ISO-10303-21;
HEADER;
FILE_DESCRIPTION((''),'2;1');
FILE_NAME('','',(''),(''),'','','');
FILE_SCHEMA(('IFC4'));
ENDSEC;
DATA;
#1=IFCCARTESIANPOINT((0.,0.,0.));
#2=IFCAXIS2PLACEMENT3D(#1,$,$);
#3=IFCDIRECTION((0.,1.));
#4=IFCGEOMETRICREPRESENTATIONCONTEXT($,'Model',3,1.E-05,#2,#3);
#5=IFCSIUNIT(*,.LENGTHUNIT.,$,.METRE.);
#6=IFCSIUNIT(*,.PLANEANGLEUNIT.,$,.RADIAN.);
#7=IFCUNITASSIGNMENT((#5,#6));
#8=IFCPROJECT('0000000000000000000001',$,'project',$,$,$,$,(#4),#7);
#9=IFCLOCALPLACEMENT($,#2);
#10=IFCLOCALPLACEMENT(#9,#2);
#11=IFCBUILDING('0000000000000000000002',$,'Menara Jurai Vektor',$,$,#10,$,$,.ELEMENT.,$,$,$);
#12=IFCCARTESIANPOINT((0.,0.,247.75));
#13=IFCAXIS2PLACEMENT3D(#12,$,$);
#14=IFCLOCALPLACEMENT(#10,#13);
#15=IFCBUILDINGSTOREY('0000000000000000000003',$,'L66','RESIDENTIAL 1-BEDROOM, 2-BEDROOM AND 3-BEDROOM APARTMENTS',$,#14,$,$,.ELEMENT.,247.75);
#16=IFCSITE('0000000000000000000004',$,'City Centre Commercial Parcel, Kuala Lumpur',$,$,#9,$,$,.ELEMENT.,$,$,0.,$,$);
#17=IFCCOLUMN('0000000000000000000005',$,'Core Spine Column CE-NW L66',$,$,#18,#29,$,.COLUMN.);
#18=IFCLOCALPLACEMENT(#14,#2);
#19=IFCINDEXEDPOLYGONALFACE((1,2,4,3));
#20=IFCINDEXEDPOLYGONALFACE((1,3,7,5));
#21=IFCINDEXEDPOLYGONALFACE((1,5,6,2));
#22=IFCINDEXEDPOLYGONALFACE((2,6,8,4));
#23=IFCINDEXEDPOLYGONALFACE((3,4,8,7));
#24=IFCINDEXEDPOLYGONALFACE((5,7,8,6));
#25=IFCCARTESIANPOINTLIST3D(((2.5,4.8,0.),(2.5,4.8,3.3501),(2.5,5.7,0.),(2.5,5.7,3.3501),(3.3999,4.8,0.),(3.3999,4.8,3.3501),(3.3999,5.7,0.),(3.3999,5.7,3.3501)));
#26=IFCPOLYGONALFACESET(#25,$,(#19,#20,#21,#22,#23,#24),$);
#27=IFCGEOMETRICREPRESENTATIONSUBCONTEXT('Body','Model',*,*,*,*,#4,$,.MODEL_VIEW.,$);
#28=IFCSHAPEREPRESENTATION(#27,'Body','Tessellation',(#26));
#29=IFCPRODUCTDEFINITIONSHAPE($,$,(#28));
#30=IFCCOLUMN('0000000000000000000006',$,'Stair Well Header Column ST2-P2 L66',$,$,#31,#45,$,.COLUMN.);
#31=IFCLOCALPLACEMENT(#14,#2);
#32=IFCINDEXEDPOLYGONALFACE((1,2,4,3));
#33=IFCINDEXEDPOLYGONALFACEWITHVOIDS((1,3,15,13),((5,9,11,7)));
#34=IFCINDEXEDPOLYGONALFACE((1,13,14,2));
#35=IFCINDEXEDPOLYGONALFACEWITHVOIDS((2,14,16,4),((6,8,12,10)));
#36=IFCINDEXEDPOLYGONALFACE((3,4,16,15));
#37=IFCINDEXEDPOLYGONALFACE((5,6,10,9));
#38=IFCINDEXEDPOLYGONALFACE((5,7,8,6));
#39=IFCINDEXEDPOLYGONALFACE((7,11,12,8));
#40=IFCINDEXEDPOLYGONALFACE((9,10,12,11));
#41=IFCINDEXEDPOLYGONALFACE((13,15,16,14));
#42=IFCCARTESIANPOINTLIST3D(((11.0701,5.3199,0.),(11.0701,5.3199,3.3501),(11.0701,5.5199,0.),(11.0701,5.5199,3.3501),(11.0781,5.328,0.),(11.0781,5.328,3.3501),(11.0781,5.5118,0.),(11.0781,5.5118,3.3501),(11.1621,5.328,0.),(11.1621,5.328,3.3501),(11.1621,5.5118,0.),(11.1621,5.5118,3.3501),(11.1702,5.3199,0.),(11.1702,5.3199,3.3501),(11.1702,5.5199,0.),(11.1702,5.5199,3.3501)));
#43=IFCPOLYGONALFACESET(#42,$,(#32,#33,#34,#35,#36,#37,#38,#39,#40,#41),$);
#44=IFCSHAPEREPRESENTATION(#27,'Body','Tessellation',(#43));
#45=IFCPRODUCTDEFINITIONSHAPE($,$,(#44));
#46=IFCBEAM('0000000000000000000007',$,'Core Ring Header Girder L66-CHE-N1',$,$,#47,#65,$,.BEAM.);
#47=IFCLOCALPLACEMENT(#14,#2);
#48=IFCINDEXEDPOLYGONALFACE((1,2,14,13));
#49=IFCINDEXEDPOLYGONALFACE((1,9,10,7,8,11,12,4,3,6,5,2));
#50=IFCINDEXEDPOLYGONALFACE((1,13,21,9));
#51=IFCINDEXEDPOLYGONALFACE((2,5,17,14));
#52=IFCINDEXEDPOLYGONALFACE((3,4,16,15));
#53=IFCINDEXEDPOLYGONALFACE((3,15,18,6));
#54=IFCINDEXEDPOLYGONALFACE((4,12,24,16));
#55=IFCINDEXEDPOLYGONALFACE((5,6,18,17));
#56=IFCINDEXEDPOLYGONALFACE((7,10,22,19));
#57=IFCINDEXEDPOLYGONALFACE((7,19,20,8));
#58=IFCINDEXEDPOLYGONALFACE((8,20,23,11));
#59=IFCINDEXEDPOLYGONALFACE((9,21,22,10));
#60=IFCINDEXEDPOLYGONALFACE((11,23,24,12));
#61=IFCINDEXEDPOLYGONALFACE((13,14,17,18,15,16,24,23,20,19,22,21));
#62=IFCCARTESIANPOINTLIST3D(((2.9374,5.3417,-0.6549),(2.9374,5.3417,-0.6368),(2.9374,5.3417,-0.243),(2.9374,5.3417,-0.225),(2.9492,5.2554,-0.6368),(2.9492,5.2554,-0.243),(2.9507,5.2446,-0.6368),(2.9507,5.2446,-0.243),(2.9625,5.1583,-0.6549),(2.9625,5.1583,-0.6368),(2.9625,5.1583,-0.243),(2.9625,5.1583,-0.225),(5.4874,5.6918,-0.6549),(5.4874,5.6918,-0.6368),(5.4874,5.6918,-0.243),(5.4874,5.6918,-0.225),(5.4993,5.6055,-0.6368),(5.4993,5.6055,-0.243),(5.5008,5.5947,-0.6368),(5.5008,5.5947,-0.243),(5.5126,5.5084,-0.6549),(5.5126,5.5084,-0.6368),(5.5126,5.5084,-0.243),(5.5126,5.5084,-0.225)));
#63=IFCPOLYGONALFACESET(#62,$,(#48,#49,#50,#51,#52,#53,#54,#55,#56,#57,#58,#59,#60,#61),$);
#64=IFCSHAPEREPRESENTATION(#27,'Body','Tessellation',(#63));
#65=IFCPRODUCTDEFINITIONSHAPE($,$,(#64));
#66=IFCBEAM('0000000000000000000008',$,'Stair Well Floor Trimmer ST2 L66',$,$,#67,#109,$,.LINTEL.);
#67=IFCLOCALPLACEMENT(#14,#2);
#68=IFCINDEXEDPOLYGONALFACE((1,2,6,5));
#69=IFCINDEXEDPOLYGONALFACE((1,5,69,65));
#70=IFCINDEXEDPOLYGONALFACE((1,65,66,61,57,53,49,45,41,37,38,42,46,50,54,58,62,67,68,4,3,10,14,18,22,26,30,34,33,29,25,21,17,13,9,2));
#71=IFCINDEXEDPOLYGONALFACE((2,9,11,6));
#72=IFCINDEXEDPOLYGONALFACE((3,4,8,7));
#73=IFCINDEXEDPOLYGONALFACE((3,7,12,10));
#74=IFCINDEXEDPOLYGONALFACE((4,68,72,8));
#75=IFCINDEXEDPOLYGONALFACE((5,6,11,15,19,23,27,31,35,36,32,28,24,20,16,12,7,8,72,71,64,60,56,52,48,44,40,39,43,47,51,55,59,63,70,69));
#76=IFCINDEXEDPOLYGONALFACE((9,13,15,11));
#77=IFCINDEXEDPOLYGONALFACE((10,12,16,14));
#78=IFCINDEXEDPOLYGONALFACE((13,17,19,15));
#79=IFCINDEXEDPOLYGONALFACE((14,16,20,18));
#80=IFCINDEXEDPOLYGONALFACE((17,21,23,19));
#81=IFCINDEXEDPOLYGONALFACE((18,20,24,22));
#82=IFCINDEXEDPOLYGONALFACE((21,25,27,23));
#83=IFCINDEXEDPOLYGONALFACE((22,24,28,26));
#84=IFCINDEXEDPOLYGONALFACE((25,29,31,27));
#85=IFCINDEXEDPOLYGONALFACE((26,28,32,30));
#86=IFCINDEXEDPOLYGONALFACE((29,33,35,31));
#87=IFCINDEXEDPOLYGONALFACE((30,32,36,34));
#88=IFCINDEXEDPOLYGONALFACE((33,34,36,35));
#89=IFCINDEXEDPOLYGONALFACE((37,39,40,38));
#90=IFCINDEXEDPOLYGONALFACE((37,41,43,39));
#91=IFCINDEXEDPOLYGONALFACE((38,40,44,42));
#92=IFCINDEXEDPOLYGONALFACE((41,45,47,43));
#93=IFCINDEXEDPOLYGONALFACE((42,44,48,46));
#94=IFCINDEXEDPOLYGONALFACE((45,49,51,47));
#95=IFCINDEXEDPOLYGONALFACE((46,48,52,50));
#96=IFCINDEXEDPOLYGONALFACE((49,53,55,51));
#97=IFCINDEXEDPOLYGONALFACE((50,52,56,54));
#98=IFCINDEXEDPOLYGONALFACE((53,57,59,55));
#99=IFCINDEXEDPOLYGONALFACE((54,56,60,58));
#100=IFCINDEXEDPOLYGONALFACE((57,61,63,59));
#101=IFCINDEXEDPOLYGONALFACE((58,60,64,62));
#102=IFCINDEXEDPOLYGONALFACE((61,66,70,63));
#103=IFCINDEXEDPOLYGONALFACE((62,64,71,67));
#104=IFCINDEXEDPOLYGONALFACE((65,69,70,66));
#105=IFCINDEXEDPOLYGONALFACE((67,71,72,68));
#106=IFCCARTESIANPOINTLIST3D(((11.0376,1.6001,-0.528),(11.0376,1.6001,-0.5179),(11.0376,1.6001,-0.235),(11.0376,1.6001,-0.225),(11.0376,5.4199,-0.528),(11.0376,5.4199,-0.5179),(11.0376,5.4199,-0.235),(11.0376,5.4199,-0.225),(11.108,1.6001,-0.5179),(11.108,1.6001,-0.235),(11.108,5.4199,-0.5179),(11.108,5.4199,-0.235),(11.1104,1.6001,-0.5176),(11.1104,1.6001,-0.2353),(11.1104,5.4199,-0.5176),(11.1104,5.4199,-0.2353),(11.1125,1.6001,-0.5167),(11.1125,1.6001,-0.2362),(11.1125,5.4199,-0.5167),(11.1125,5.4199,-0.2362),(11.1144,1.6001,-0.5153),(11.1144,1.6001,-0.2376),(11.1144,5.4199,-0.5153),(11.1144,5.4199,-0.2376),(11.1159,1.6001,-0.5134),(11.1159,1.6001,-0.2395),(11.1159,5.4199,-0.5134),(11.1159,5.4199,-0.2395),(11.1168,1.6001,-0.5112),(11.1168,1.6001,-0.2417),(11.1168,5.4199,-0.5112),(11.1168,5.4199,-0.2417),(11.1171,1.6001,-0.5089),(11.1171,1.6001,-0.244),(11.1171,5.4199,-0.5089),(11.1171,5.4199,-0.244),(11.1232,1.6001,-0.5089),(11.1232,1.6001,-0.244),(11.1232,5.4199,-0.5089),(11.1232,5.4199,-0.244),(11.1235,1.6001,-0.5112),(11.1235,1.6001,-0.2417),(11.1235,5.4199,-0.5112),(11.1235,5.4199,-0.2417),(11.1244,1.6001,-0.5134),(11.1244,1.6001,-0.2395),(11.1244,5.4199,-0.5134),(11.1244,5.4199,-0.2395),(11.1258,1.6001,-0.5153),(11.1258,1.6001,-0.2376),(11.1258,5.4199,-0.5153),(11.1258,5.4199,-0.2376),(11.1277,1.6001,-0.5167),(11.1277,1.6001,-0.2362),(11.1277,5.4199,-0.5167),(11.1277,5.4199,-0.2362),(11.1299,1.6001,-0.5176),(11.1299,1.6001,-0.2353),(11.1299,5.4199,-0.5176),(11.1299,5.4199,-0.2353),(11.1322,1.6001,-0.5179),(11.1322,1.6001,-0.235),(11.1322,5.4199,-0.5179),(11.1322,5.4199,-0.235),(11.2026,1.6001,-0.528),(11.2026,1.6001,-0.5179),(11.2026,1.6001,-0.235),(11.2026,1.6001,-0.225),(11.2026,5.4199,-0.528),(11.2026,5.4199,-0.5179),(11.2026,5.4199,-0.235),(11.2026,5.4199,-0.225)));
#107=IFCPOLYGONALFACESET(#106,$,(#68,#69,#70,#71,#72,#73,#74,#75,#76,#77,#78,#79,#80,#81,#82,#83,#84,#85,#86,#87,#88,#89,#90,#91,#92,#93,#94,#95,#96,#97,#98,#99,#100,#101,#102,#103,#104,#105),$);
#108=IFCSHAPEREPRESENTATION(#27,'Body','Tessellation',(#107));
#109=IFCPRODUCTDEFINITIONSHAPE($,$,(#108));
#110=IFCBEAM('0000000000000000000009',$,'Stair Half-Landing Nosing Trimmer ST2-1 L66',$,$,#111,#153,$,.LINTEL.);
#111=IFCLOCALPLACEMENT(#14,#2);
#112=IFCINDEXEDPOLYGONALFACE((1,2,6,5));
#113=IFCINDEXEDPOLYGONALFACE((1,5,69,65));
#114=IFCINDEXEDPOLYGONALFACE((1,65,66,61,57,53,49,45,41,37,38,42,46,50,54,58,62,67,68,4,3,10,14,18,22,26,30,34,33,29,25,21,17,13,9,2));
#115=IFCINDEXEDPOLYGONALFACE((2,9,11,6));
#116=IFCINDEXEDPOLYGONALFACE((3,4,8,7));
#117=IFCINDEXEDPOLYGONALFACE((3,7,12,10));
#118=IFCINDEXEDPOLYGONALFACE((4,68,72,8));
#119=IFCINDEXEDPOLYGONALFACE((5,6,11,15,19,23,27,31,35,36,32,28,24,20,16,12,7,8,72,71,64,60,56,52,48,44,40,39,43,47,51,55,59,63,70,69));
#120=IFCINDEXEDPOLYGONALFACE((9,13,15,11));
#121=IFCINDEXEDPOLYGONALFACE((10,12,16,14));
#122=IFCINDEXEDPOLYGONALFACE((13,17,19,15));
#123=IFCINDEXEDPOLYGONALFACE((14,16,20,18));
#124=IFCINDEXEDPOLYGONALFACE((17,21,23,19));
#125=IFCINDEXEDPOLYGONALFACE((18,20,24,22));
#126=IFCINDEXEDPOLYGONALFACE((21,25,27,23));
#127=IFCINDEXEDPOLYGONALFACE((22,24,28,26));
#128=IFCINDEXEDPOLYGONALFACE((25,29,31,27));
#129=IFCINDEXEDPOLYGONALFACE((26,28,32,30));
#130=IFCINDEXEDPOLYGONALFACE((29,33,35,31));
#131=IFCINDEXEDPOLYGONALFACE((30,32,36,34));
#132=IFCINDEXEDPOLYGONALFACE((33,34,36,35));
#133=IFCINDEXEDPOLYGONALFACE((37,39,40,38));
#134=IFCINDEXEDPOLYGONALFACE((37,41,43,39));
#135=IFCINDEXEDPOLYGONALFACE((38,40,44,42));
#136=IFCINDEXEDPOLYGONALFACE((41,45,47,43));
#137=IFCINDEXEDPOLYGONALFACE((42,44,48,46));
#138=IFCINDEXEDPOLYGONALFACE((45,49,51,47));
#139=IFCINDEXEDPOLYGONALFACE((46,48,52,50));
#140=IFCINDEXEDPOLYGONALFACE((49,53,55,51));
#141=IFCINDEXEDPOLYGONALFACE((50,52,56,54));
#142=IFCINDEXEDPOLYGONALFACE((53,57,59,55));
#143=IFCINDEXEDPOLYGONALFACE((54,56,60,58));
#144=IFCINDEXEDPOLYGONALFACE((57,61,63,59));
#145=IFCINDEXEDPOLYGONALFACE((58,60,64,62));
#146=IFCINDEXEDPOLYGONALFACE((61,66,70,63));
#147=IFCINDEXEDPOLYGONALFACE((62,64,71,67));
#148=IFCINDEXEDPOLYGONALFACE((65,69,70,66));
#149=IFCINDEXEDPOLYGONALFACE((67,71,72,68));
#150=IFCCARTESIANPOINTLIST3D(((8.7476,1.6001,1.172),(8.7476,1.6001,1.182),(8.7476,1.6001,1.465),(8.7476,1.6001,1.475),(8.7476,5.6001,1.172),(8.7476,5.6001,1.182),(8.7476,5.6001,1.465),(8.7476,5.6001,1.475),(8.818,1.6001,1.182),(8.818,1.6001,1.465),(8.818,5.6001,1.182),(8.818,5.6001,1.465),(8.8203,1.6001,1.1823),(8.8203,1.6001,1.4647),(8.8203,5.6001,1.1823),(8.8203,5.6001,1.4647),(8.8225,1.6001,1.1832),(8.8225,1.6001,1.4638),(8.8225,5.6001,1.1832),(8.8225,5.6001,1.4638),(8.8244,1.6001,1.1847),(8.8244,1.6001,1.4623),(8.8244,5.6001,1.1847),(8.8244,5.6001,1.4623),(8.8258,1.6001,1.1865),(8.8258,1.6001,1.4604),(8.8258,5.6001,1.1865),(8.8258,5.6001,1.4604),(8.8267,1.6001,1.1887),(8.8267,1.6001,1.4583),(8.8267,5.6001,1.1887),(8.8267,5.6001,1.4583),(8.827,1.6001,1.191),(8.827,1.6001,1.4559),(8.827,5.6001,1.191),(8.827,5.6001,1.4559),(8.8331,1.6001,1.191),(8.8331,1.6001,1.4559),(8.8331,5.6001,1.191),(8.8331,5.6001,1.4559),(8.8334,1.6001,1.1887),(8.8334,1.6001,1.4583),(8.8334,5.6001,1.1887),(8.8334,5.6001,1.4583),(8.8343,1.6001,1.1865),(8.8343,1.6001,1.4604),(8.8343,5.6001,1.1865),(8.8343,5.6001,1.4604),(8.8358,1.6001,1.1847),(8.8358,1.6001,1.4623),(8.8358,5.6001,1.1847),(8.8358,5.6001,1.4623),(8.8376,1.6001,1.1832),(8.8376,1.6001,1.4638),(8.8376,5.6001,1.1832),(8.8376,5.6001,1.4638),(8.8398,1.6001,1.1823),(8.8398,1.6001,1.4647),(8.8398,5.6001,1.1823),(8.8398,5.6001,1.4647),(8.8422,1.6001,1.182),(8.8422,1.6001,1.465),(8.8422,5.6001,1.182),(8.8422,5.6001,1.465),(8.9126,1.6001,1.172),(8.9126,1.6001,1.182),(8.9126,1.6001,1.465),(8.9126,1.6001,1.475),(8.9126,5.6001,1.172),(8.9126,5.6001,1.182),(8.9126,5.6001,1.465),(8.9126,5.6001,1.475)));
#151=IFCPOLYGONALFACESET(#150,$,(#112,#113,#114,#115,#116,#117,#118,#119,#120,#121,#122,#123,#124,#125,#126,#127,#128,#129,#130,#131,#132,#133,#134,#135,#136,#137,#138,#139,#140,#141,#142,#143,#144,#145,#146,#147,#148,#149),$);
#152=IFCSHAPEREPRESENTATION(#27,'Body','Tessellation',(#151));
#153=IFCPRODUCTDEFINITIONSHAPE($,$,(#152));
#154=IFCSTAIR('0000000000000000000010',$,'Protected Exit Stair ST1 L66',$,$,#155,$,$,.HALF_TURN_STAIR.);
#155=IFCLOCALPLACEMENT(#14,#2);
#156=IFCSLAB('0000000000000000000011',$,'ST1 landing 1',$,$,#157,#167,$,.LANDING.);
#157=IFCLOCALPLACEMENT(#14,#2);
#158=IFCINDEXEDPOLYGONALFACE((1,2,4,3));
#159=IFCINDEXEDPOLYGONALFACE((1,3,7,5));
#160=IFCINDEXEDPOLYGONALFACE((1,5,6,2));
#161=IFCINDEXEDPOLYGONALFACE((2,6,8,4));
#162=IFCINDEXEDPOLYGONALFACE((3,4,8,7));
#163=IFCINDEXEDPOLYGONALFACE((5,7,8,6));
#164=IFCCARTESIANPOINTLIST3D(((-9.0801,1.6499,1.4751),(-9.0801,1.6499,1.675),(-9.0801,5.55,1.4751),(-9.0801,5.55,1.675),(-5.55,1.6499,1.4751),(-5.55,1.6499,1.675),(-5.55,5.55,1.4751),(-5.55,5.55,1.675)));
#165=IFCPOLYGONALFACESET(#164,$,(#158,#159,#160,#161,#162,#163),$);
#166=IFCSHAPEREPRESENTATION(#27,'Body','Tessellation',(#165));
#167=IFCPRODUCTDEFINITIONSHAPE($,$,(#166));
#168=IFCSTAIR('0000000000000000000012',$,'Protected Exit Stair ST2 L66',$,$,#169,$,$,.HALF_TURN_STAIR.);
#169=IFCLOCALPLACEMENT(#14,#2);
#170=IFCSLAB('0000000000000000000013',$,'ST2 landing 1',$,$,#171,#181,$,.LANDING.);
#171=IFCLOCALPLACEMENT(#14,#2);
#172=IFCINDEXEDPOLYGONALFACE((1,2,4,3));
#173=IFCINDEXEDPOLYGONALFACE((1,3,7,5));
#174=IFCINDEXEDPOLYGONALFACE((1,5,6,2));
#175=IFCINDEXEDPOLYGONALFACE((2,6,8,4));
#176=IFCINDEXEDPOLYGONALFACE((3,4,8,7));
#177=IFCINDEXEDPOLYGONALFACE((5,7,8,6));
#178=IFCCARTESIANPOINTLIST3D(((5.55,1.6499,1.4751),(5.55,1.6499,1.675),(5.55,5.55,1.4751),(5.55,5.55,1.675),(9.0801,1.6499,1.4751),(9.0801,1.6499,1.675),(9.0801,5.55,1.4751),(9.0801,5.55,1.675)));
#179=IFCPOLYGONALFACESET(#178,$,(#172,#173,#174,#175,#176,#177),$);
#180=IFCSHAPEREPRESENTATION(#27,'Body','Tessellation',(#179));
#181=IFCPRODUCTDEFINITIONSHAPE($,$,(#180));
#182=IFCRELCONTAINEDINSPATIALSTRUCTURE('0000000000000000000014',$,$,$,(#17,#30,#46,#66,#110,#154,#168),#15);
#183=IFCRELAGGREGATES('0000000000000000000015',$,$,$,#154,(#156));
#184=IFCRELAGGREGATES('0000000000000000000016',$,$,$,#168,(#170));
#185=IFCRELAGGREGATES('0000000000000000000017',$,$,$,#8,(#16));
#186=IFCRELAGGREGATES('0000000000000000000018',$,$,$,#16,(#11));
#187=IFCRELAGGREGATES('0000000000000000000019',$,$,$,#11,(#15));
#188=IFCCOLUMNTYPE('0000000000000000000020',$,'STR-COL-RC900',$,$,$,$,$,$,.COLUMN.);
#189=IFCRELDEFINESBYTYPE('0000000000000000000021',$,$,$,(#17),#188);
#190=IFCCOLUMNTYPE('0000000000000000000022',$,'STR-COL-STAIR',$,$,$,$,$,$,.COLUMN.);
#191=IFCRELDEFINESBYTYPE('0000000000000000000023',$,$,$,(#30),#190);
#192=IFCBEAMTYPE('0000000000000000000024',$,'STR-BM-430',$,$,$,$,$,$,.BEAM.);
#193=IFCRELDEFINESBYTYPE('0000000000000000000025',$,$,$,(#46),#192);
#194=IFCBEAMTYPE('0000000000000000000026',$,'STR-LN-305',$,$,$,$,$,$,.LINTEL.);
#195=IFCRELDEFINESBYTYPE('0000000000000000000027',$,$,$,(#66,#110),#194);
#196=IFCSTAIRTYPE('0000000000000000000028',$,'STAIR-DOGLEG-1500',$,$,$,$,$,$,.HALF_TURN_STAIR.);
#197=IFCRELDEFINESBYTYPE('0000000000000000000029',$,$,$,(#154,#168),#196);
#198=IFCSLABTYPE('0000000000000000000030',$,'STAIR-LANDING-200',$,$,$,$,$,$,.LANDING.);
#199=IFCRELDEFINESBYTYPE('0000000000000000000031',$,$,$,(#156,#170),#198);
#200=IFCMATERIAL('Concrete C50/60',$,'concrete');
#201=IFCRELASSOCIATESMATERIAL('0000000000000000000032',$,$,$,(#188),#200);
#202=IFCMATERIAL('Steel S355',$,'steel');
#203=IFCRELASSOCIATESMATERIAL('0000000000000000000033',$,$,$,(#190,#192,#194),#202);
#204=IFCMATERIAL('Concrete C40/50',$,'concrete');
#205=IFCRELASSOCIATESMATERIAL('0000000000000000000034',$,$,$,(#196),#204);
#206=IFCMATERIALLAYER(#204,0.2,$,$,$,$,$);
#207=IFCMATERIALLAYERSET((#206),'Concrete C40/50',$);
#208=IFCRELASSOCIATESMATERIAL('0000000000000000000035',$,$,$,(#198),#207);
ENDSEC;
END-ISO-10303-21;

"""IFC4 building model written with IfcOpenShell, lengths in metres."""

from ifc_helpers import new_model, si_unit, direction, frame, origin, origin_2d, place, context, subcontext, project, spatial, polyline, rectangle, hollow_rectangle, i_section, outline, extrude, material, layer, layer_set, material_profile, profile_set, type_object, element, aggregate, save


model = new_model("IFC4")

# Units and contexts
model_context = context("Model", 3, precision=1e-05, world=origin(), true_north=direction((0.0, 1.0)))
body_context = subcontext(model_context, "Body", "Model", "MODEL_VIEW")
ifc_project = project(units=[si_unit("LENGTHUNIT", "METRE"), si_unit("PLANEANGLEUNIT", "RADIAN")], contexts=[model_context])

# Site, building, storey
site_placement = place(None, origin())
site = spatial("IfcSite", under=ifc_project, at=site_placement, Name="City Centre Commercial Parcel, Kuala Lumpur", CompositionType="ELEMENT", RefElevation=0.0)
building_placement = place(site_placement, origin())
building = spatial("IfcBuilding", under=site, at=building_placement, Name="Menara Jurai Vektor", CompositionType="ELEMENT")
storey_placement = place(building_placement, frame((0.0, 0.0, 247.75)))
storey = spatial("IfcBuildingStorey", under=building, at=storey_placement, Name="L66", Description="RESIDENTIAL 1-BEDROOM, 2-BEDROOM AND 3-BEDROOM APARTMENTS", CompositionType="ELEMENT", Elevation=247.75)

# Columns
ifc_material_1 = material(Name="Concrete C50/60", Category="concrete")
ifc_material_profile_1 = material_profile(ifc_material_1, rectangle(XDim=0.8999, YDim=0.8999, at=origin_2d()), Name="RC 900x900")
ifc_profile_set_1 = profile_set([ifc_material_profile_1], Name="Concrete C50/60")
column_type_1 = type_object("IfcColumnType", Name="STR-COL-RC900", PredefinedType="COLUMN", material=ifc_profile_set_1)
column_1_placement = place(storey_placement, frame((2.95, 5.25, 0.0), z_axis=(0.0, 0.0, 1.0), x_axis=(1.0, 0.0, 0.0)))
element("IfcColumn", 1, at=column_1_placement, inside=storey, type_object=column_type_1, Name="Core Spine Column CE-NW L66", PredefinedType="COLUMN", context=body_context, shape_type="SweptSolid", body=[
    extrude(rectangle(XDim=0.8999, YDim=0.8999, at=origin_2d()), origin(), (0.0, 0.0, 1.0), 3.3501),
])
ifc_material_2 = material(Name="Steel S355", Category="steel")
ifc_material_profile_2 = material_profile(ifc_material_2, hollow_rectangle(XDim=0.1001, YDim=0.2, WallThickness=0.0081, at=origin_2d()), Name="RHS 200x100x8")
ifc_profile_set_2 = profile_set([ifc_material_profile_2], Name="Steel S355")
column_type_2 = type_object("IfcColumnType", Name="STR-COL-STAIR", PredefinedType="COLUMN", material=ifc_profile_set_2)
column_2_placement = place(storey_placement, frame((11.1201, 5.4199, 0.0), z_axis=(0.0, 0.0, 1.0), x_axis=(1.0, 0.0, 0.0)))
element("IfcColumn", 2, at=column_2_placement, inside=storey, type_object=column_type_2, Name="Stair Well Header Column ST2-P2 L66", PredefinedType="COLUMN", context=body_context, shape_type="SweptSolid", body=[
    extrude(hollow_rectangle(XDim=0.1001, YDim=0.2, WallThickness=0.0081, at=origin_2d()), origin(), (0.0, 0.0, 1.0), 3.3501),
])

# Beams
ifc_material_profile_3 = material_profile(ifc_material_2, i_section(OverallWidth=0.1851, OverallDepth=0.4299, WebThickness=0.011, FlangeThickness=0.0181, at=origin_2d()), Name="PG 430x185x76")
ifc_profile_set_3 = profile_set([ifc_material_profile_3], Name="Steel S355")
beam_type_1 = type_object("IfcBeamType", Name="STR-BM-430", PredefinedType="BEAM", material=ifc_profile_set_3)
beam_1_placement = place(storey_placement, frame((2.95, 5.25, -0.4399), z_axis=(0.990707, 0.136015, 0.0), x_axis=(-0.136015, 0.990707, 0.0)))
element("IfcBeam", 3, at=beam_1_placement, inside=storey, type_object=beam_type_1, Name="Core Ring Header Girder L66-CHE-N1", PredefinedType="BEAM", context=body_context, shape_type="SweptSolid", body=[
    extrude(i_section(OverallWidth=0.1851, OverallDepth=0.4299, WebThickness=0.011, FlangeThickness=0.0181, at=origin_2d()), origin(), (0.0, 0.0, 1.0), 2.574),
])
ifc_material_profile_4 = material_profile(ifc_material_2, i_section(OverallWidth=0.165, OverallDepth=0.303, WebThickness=0.0061, FlangeThickness=0.01, FilletRadius=0.009, at=origin_2d()), Name="UKB 305x165x40")
ifc_profile_set_4 = profile_set([ifc_material_profile_4], Name="Steel S355")
beam_type_2 = type_object("IfcBeamType", Name="STR-LN-305", PredefinedType="LINTEL", material=ifc_profile_set_4)
beam_2_placement = place(storey_placement, frame((11.1201, 1.6001, -0.3765), z_axis=(0.0, 1.0, 0.0), x_axis=(-1.0, 0.0, 0.0)))
element("IfcBeam", 4, at=beam_2_placement, inside=storey, type_object=beam_type_2, Name="Stair Well Floor Trimmer ST2 L66", PredefinedType="LINTEL", context=body_context, shape_type="SweptSolid", body=[
    extrude(i_section(OverallWidth=0.165, OverallDepth=0.303, WebThickness=0.0061, FlangeThickness=0.01, FilletRadius=0.009, at=origin_2d()), origin(), (0.0, 0.0, 1.0), 3.8198),
])
beam_3_placement = place(storey_placement, frame((8.8301, 1.6001, 1.3235), z_axis=(0.0, 1.0, 0.0), x_axis=(-1.0, 0.0, 0.0)))
element("IfcBeam", 5, at=beam_3_placement, inside=storey, type_object=beam_type_2, Name="Stair Half-Landing Nosing Trimmer ST2-1 L66", PredefinedType="LINTEL", context=body_context, shape_type="SweptSolid", body=[
    extrude(i_section(OverallWidth=0.165, OverallDepth=0.303, WebThickness=0.0061, FlangeThickness=0.01, FilletRadius=0.009, at=origin_2d()), origin(), (0.0, 0.0, 1.0), 4.0),
])

# Stairs, slabs
ifc_material_3 = material(Name="Concrete C40/50", Category="concrete")
stair_type = type_object("IfcStairType", Name="STAIR-DOGLEG-1500", PredefinedType="HALF_TURN_STAIR", material=ifc_material_3)
stair_1_placement = place(storey_placement, origin())
stair_1 = element("IfcStair", 6, at=stair_1_placement, inside=storey, type_object=stair_type, Name="Protected Exit Stair ST1 L66", PredefinedType="HALF_TURN_STAIR")
ifc_layer_1 = layer(ifc_material_3, 0.2)
ifc_layer_set_1 = layer_set([ifc_layer_1], Name="Concrete C40/50")
slab_type_1 = type_object("IfcSlabType", Name="STAIR-LANDING-200", PredefinedType="LANDING", material=ifc_layer_set_1)
slab_1_placement = place(storey_placement, frame((0.0, 0.0, 1.4751)))
slab_1 = element("IfcSlab", 7, at=slab_1_placement, type_object=slab_type_1, Name="ST1 landing 1", PredefinedType="LANDING", context=body_context, shape_type="SweptSolid", body=[
    extrude(outline(polyline([(-9.0801, 1.6499), (-5.55, 1.6499), (-5.55, 5.55), (-9.0801, 5.55), (-9.0801, 1.6499)])), origin(), (0.0, 0.0, 1.0), 0.2),
])
aggregate(stair_1, [slab_1])
stair_2_placement = place(storey_placement, origin())
stair_2 = element("IfcStair", 8, at=stair_2_placement, inside=storey, type_object=stair_type, Name="Protected Exit Stair ST2 L66", PredefinedType="HALF_TURN_STAIR")
slab_2_placement = place(storey_placement, frame((0.0, 0.0, 1.4751)))
slab_2 = element("IfcSlab", 9, at=slab_2_placement, type_object=slab_type_1, Name="ST2 landing 1", PredefinedType="LANDING", context=body_context, shape_type="SweptSolid", body=[
    extrude(outline(polyline([(5.55, 1.6499), (9.0801, 1.6499), (9.0801, 5.55), (5.55, 5.55), (5.55, 1.6499)])), origin(), (0.0, 0.0, 1.0), 0.2),
])

aggregate(stair_2, [slab_2])

save(model, "model.ifc")
